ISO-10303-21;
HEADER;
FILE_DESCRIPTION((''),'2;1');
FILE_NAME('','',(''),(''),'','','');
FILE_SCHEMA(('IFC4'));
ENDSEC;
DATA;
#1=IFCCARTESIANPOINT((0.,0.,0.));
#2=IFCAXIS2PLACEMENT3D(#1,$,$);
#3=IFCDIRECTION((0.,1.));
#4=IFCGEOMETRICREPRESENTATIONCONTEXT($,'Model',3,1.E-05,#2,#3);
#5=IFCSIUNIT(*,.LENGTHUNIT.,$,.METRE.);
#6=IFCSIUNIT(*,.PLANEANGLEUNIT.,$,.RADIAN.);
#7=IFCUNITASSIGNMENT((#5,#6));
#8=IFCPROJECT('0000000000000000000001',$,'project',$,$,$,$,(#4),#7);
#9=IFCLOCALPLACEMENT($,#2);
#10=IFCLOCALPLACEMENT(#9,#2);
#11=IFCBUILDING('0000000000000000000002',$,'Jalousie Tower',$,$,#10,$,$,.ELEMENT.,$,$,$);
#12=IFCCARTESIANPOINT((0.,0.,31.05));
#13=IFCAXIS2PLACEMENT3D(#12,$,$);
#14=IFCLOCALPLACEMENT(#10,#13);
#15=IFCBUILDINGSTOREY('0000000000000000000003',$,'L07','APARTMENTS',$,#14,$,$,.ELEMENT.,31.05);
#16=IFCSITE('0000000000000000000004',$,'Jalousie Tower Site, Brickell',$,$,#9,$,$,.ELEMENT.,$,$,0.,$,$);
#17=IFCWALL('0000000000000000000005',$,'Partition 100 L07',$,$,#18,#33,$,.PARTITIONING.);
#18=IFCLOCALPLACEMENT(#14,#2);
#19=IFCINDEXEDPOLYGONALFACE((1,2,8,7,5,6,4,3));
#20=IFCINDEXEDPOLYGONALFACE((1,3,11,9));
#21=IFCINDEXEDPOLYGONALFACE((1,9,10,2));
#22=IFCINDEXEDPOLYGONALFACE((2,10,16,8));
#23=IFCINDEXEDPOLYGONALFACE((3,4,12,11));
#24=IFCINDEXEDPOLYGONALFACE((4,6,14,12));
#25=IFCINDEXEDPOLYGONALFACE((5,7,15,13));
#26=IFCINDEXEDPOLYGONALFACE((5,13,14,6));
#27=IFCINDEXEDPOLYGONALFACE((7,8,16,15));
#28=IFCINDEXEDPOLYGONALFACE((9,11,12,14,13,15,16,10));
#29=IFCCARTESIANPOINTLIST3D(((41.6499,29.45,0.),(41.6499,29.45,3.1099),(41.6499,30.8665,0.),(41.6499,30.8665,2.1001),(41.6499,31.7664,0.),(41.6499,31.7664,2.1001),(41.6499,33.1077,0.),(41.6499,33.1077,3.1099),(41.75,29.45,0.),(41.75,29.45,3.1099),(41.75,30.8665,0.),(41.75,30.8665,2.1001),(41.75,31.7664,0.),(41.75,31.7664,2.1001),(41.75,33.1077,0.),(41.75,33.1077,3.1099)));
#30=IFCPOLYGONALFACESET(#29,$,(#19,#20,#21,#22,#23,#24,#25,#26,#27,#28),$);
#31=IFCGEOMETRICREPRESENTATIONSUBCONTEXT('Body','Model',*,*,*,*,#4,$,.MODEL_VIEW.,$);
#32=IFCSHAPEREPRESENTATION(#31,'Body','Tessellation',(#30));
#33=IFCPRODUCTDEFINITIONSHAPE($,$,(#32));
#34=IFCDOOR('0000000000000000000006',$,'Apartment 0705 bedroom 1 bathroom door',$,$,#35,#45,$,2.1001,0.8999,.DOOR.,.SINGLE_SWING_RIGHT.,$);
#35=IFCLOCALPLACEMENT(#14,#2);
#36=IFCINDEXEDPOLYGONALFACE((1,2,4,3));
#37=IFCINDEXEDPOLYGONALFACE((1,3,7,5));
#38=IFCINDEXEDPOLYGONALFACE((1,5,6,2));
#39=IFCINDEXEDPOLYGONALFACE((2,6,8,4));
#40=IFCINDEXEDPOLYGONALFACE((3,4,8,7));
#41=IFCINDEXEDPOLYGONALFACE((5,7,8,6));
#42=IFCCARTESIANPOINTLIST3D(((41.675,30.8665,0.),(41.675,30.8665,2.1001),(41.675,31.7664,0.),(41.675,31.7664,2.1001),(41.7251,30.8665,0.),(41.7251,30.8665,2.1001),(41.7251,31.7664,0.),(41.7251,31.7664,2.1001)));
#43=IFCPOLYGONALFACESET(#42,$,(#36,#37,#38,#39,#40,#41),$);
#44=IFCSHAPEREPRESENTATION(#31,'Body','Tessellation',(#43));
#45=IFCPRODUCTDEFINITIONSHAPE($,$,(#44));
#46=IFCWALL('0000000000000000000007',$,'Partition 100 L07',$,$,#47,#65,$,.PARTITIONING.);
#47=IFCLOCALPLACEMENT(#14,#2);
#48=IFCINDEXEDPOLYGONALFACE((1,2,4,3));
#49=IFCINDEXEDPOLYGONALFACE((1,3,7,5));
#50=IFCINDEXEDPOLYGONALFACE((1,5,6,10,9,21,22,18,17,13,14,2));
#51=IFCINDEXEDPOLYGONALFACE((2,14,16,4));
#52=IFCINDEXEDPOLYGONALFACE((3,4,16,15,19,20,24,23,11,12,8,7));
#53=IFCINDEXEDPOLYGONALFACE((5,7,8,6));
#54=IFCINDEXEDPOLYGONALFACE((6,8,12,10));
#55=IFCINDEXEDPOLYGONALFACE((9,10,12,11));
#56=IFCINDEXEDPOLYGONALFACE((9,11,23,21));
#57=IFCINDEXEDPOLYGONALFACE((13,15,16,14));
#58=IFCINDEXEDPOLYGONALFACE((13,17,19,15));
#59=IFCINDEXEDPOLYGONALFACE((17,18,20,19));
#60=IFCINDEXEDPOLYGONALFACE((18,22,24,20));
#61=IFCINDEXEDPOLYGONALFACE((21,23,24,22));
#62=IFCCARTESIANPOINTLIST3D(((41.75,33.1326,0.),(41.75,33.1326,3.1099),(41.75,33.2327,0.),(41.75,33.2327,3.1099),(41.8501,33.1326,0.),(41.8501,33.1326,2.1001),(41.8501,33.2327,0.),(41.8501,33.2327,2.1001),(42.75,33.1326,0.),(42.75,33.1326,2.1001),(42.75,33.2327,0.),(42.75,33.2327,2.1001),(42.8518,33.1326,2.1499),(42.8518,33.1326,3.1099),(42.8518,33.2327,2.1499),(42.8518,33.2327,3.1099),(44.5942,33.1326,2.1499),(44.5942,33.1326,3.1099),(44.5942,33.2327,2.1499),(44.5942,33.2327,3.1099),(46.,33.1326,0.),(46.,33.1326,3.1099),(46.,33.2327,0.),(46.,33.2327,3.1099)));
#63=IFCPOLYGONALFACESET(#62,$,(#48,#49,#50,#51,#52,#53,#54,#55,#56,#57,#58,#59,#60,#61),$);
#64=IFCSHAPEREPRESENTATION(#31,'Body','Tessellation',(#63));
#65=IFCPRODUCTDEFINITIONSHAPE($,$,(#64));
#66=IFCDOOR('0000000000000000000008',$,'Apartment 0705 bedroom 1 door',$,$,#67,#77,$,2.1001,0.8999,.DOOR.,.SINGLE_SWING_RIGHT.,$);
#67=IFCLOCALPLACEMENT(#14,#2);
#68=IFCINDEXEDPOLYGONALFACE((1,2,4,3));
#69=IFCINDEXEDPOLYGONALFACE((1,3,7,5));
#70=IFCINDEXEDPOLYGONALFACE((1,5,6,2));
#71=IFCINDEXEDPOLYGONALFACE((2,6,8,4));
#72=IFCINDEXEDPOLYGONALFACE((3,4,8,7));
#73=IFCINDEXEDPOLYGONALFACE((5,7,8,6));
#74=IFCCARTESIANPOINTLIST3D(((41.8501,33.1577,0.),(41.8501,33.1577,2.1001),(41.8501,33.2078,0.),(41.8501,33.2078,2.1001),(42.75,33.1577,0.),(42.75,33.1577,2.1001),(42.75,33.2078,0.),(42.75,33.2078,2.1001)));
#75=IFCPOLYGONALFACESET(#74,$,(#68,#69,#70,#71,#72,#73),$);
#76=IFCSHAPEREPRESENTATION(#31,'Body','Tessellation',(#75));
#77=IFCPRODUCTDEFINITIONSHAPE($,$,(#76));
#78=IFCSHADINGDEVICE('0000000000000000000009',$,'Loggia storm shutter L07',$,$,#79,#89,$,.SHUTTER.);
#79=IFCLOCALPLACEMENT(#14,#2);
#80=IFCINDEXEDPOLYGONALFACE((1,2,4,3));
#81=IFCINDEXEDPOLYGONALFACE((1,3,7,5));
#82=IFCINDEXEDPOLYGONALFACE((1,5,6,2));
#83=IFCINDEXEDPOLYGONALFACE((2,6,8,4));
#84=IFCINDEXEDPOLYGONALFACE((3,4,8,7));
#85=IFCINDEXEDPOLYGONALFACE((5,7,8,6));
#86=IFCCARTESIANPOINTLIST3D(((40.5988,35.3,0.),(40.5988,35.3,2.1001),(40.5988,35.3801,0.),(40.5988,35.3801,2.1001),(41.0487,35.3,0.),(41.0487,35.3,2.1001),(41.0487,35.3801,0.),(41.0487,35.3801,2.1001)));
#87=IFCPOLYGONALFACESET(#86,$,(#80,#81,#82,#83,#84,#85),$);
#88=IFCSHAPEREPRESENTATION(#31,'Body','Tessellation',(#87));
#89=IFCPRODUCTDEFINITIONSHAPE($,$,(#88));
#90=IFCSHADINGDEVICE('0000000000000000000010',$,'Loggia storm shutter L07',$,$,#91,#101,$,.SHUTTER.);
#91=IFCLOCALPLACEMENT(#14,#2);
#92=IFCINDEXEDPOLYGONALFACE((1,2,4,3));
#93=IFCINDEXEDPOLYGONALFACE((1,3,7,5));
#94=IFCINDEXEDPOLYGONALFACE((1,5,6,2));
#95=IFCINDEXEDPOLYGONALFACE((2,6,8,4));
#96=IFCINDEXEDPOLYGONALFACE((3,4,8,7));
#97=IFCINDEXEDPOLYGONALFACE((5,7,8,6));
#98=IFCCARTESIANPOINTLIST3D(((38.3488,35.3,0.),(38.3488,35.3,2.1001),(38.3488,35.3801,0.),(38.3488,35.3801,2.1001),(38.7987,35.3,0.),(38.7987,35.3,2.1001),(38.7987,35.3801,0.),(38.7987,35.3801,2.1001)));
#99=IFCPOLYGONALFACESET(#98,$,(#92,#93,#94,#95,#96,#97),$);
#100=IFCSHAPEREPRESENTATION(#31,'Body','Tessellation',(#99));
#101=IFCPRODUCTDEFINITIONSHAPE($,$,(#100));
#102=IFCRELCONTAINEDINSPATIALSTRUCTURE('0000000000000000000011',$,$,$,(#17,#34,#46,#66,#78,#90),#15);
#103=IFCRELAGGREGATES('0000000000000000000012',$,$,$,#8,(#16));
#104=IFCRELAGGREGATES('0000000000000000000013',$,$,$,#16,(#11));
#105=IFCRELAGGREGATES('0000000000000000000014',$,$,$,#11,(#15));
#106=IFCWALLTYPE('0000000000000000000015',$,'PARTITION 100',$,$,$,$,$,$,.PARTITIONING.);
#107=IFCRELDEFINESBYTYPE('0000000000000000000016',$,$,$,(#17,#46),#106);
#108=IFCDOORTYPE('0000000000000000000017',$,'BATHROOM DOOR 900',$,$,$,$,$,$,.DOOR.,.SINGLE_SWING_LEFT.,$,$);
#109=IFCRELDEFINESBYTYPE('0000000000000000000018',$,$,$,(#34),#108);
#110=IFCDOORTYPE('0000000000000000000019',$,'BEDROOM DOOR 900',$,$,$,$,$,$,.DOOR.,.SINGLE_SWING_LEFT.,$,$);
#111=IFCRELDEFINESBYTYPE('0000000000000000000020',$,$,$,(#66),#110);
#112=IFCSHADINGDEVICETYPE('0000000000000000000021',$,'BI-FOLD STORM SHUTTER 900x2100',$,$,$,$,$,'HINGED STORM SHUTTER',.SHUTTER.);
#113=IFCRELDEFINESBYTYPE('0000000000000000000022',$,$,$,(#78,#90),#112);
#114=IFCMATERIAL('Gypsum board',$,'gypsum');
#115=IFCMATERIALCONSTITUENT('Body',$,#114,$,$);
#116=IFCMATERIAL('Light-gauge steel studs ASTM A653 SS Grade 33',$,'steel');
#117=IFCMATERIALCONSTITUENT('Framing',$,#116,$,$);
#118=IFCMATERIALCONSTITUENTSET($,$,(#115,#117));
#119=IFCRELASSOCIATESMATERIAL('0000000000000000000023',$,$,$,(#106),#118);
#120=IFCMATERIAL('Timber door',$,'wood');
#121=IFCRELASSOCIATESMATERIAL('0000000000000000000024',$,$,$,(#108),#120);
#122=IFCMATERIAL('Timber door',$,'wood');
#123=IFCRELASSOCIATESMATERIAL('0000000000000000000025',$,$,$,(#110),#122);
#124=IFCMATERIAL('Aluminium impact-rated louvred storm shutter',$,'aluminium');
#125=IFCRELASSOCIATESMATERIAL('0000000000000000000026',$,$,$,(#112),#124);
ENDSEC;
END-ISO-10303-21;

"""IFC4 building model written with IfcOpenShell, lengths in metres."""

from ifc_helpers import new_model, si_unit, direction, frame, frame_2d, origin, origin_2d, place, context, subcontext, project, spatial, polyline, rectangle, outline, extrude, material, constituent, constituent_set, type_object, element, fill, save


model = new_model("IFC4")

# Units and contexts
model_context = context("Model", 3, precision=1e-05, world=origin(), true_north=direction((0.0, 1.0)))
body_context = subcontext(model_context, "Body", "Model", "MODEL_VIEW")
ifc_project = project(units=[si_unit("LENGTHUNIT", "METRE"), si_unit("PLANEANGLEUNIT", "RADIAN")], contexts=[model_context])

# Site, building, storey
site_placement = place(None, origin())
site = spatial("IfcSite", under=ifc_project, at=site_placement, Name="Jalousie Tower Site, Brickell", CompositionType="ELEMENT", RefElevation=0.0)
building_placement = place(site_placement, origin())
building = spatial("IfcBuilding", under=site, at=building_placement, Name="Jalousie Tower", CompositionType="ELEMENT")
storey_placement = place(building_placement, frame((0.0, 0.0, 31.05)))
storey = spatial("IfcBuildingStorey", under=building, at=storey_placement, Name="L07", Description="APARTMENTS", CompositionType="ELEMENT", Elevation=31.05)

# Walls, openings, doors
ifc_material_1 = material(Name="Gypsum board", Category="gypsum")
ifc_constituent_1 = constituent(ifc_material_1, Name="Body")
ifc_material_2 = material(Name="Light-gauge steel studs ASTM A653 SS Grade 33", Category="steel")
ifc_constituent_2 = constituent(ifc_material_2, Name="Framing")
ifc_constituent_set_1 = constituent_set(constituents=[ifc_constituent_1, ifc_constituent_2])
wall_type_1 = type_object("IfcWallType", Name="PARTITION 100", PredefinedType="PARTITIONING", material=ifc_constituent_set_1)
wall_1_placement = place(storey_placement, frame((41.7, 33.1077, 0.0), z_axis=(0.0, 0.0, 1.0), x_axis=(0.0, -1.0, 0.0)))
wall_1 = element("IfcWall", 1, at=wall_1_placement, inside=storey, type_object=wall_type_1, Name="Partition 100 L07", PredefinedType="PARTITIONING", context=body_context, shape_type="SweptSolid", body=[
    extrude(rectangle(XDim=3.6577, YDim=0.1001, at=frame_2d((1.8289, 0.0))), origin(), (0.0, 0.0, 1.0), 3.1099),
])
opening_1_placement = place(wall_1_placement, frame((1.3413, 0.0, 0.0)))
opening_1 = element("IfcOpeningElement", 2, at=opening_1_placement, cuts=wall_1, PredefinedType="OPENING", context=body_context, shape_type="SweptSolid", body=[
    extrude(rectangle(XDim=0.8999, YDim=2.1001, at=frame_2d((0.45, 1.05))), frame((0.0, 0.0601, 0.0), z_axis=(0.0, -1.0, 0.0), x_axis=(1.0, 0.0, 0.0)), (0.0, 0.0, 1.0), 0.1201),
])
ifc_material_3 = material(Name="Timber door", Category="wood")
door_type_1 = type_object("IfcDoorType", Name="BATHROOM DOOR 900", OperationType="SINGLE_SWING_LEFT", PredefinedType="DOOR", material=ifc_material_3)
door_1_placement = place(opening_1_placement, frame((0.8999, 0.0, 0.0), z_axis=(0.0, 0.0, 1.0), x_axis=(-1.0, 0.0, 0.0)))
door_1 = element("IfcDoor", 3, at=door_1_placement, inside=storey, type_object=door_type_1, Name="Apartment 0705 bedroom 1 bathroom door", OperationType="SINGLE_SWING_RIGHT", OverallHeight=2.1001, OverallWidth=0.8999, PredefinedType="DOOR", context=body_context, shape_type="SweptSolid", body=[
    extrude(rectangle(XDim=0.8999, YDim=2.1001, at=frame_2d((0.45, 1.05))), frame((0.0, 0.0249, 0.0), z_axis=(0.0, -1.0, 0.0), x_axis=(1.0, 0.0, 0.0)), (0.0, 0.0, 1.0), 0.05),
])
fill(opening_1, door_1)
wall_2_placement = place(storey_placement, frame((41.75, 33.1826, 0.0), z_axis=(0.0, 0.0, 1.0), x_axis=(1.0, 0.0, 0.0)))
wall_2 = element("IfcWall", 4, at=wall_2_placement, inside=storey, type_object=wall_type_1, Name="Partition 100 L07", PredefinedType="PARTITIONING", context=body_context, shape_type="SweptSolid", body=[
    extrude(outline(polyline([(0.0, 0.0), (4.25, 0.0), (4.25, 3.1099), (2.8442, 3.1099), (2.8442, 2.1499), (1.1018, 2.1499), (1.1018, 3.1099), (0.0, 3.1099), (0.0, 0.0)])), frame((0.0, 0.05, 0.0), z_axis=(0.0, -1.0, 0.0), x_axis=(1.0, 0.0, 0.0)), (0.0, 0.0, 1.0), 0.1001),
])
opening_2_placement = place(wall_2_placement, frame((0.1001, 0.0, 0.0)))
opening_2 = element("IfcOpeningElement", 5, at=opening_2_placement, cuts=wall_2, PredefinedType="OPENING", context=body_context, shape_type="SweptSolid", body=[
    extrude(rectangle(XDim=0.8999, YDim=2.1001, at=frame_2d((0.45, 1.05))), frame((0.0, 0.0601, 0.0), z_axis=(0.0, -1.0, 0.0), x_axis=(1.0, 0.0, 0.0)), (0.0, 0.0, 1.0), 0.1201),
])
ifc_material_4 = material(Name="Timber door", Category="wood")
door_type_2 = type_object("IfcDoorType", Name="BEDROOM DOOR 900", OperationType="SINGLE_SWING_LEFT", PredefinedType="DOOR", material=ifc_material_4)
door_2_placement = place(opening_2_placement, frame((0.8999, 0.0, 0.0), z_axis=(0.0, 0.0, 1.0), x_axis=(-1.0, 0.0, 0.0)))
door_2 = element("IfcDoor", 6, at=door_2_placement, inside=storey, type_object=door_type_2, Name="Apartment 0705 bedroom 1 door", OperationType="SINGLE_SWING_RIGHT", OverallHeight=2.1001, OverallWidth=0.8999, PredefinedType="DOOR", context=body_context, shape_type="SweptSolid", body=[
    extrude(rectangle(XDim=0.8999, YDim=2.1001, at=frame_2d((0.45, 1.05))), frame((0.0, 0.0249, 0.0), z_axis=(0.0, -1.0, 0.0), x_axis=(1.0, 0.0, 0.0)), (0.0, 0.0, 1.0), 0.05),
])
fill(opening_2, door_2)

# Shading devices
ifc_material_5 = material(Name="Aluminium impact-rated louvred storm shutter", Category="aluminium")
shading_device_type_1 = type_object("IfcShadingDeviceType", Name="BI-FOLD STORM SHUTTER 900x2100", ElementType="HINGED STORM SHUTTER", PredefinedType="SHUTTER", material=ifc_material_5)
for number, where, z_axis, x_axis, name in (
    (7, (40.8237, 35.3401, 0.0), (0.0, 0.0, 1.0), (-1.0, 0.0, 0.0), "Loggia storm shutter L07"),
    (8, (38.5737, 35.3401, 0.0), (0.0, 0.0, 1.0), (-1.0, 0.0, 0.0), "Loggia storm shutter L07"),
):
    element("IfcShadingDevice", number, at=place(storey_placement, frame(where, z_axis=z_axis, x_axis=x_axis)), inside=storey, type_object=shading_device_type_1, Name=name, PredefinedType="SHUTTER", context=body_context, shape_type="SweptSolid", body=[
        extrude(rectangle(XDim=0.45, YDim=0.0801, at=origin_2d()), origin(), (0.0, 0.0, 1.0), 2.1001),
    ])

save(model, "model.ifc")
